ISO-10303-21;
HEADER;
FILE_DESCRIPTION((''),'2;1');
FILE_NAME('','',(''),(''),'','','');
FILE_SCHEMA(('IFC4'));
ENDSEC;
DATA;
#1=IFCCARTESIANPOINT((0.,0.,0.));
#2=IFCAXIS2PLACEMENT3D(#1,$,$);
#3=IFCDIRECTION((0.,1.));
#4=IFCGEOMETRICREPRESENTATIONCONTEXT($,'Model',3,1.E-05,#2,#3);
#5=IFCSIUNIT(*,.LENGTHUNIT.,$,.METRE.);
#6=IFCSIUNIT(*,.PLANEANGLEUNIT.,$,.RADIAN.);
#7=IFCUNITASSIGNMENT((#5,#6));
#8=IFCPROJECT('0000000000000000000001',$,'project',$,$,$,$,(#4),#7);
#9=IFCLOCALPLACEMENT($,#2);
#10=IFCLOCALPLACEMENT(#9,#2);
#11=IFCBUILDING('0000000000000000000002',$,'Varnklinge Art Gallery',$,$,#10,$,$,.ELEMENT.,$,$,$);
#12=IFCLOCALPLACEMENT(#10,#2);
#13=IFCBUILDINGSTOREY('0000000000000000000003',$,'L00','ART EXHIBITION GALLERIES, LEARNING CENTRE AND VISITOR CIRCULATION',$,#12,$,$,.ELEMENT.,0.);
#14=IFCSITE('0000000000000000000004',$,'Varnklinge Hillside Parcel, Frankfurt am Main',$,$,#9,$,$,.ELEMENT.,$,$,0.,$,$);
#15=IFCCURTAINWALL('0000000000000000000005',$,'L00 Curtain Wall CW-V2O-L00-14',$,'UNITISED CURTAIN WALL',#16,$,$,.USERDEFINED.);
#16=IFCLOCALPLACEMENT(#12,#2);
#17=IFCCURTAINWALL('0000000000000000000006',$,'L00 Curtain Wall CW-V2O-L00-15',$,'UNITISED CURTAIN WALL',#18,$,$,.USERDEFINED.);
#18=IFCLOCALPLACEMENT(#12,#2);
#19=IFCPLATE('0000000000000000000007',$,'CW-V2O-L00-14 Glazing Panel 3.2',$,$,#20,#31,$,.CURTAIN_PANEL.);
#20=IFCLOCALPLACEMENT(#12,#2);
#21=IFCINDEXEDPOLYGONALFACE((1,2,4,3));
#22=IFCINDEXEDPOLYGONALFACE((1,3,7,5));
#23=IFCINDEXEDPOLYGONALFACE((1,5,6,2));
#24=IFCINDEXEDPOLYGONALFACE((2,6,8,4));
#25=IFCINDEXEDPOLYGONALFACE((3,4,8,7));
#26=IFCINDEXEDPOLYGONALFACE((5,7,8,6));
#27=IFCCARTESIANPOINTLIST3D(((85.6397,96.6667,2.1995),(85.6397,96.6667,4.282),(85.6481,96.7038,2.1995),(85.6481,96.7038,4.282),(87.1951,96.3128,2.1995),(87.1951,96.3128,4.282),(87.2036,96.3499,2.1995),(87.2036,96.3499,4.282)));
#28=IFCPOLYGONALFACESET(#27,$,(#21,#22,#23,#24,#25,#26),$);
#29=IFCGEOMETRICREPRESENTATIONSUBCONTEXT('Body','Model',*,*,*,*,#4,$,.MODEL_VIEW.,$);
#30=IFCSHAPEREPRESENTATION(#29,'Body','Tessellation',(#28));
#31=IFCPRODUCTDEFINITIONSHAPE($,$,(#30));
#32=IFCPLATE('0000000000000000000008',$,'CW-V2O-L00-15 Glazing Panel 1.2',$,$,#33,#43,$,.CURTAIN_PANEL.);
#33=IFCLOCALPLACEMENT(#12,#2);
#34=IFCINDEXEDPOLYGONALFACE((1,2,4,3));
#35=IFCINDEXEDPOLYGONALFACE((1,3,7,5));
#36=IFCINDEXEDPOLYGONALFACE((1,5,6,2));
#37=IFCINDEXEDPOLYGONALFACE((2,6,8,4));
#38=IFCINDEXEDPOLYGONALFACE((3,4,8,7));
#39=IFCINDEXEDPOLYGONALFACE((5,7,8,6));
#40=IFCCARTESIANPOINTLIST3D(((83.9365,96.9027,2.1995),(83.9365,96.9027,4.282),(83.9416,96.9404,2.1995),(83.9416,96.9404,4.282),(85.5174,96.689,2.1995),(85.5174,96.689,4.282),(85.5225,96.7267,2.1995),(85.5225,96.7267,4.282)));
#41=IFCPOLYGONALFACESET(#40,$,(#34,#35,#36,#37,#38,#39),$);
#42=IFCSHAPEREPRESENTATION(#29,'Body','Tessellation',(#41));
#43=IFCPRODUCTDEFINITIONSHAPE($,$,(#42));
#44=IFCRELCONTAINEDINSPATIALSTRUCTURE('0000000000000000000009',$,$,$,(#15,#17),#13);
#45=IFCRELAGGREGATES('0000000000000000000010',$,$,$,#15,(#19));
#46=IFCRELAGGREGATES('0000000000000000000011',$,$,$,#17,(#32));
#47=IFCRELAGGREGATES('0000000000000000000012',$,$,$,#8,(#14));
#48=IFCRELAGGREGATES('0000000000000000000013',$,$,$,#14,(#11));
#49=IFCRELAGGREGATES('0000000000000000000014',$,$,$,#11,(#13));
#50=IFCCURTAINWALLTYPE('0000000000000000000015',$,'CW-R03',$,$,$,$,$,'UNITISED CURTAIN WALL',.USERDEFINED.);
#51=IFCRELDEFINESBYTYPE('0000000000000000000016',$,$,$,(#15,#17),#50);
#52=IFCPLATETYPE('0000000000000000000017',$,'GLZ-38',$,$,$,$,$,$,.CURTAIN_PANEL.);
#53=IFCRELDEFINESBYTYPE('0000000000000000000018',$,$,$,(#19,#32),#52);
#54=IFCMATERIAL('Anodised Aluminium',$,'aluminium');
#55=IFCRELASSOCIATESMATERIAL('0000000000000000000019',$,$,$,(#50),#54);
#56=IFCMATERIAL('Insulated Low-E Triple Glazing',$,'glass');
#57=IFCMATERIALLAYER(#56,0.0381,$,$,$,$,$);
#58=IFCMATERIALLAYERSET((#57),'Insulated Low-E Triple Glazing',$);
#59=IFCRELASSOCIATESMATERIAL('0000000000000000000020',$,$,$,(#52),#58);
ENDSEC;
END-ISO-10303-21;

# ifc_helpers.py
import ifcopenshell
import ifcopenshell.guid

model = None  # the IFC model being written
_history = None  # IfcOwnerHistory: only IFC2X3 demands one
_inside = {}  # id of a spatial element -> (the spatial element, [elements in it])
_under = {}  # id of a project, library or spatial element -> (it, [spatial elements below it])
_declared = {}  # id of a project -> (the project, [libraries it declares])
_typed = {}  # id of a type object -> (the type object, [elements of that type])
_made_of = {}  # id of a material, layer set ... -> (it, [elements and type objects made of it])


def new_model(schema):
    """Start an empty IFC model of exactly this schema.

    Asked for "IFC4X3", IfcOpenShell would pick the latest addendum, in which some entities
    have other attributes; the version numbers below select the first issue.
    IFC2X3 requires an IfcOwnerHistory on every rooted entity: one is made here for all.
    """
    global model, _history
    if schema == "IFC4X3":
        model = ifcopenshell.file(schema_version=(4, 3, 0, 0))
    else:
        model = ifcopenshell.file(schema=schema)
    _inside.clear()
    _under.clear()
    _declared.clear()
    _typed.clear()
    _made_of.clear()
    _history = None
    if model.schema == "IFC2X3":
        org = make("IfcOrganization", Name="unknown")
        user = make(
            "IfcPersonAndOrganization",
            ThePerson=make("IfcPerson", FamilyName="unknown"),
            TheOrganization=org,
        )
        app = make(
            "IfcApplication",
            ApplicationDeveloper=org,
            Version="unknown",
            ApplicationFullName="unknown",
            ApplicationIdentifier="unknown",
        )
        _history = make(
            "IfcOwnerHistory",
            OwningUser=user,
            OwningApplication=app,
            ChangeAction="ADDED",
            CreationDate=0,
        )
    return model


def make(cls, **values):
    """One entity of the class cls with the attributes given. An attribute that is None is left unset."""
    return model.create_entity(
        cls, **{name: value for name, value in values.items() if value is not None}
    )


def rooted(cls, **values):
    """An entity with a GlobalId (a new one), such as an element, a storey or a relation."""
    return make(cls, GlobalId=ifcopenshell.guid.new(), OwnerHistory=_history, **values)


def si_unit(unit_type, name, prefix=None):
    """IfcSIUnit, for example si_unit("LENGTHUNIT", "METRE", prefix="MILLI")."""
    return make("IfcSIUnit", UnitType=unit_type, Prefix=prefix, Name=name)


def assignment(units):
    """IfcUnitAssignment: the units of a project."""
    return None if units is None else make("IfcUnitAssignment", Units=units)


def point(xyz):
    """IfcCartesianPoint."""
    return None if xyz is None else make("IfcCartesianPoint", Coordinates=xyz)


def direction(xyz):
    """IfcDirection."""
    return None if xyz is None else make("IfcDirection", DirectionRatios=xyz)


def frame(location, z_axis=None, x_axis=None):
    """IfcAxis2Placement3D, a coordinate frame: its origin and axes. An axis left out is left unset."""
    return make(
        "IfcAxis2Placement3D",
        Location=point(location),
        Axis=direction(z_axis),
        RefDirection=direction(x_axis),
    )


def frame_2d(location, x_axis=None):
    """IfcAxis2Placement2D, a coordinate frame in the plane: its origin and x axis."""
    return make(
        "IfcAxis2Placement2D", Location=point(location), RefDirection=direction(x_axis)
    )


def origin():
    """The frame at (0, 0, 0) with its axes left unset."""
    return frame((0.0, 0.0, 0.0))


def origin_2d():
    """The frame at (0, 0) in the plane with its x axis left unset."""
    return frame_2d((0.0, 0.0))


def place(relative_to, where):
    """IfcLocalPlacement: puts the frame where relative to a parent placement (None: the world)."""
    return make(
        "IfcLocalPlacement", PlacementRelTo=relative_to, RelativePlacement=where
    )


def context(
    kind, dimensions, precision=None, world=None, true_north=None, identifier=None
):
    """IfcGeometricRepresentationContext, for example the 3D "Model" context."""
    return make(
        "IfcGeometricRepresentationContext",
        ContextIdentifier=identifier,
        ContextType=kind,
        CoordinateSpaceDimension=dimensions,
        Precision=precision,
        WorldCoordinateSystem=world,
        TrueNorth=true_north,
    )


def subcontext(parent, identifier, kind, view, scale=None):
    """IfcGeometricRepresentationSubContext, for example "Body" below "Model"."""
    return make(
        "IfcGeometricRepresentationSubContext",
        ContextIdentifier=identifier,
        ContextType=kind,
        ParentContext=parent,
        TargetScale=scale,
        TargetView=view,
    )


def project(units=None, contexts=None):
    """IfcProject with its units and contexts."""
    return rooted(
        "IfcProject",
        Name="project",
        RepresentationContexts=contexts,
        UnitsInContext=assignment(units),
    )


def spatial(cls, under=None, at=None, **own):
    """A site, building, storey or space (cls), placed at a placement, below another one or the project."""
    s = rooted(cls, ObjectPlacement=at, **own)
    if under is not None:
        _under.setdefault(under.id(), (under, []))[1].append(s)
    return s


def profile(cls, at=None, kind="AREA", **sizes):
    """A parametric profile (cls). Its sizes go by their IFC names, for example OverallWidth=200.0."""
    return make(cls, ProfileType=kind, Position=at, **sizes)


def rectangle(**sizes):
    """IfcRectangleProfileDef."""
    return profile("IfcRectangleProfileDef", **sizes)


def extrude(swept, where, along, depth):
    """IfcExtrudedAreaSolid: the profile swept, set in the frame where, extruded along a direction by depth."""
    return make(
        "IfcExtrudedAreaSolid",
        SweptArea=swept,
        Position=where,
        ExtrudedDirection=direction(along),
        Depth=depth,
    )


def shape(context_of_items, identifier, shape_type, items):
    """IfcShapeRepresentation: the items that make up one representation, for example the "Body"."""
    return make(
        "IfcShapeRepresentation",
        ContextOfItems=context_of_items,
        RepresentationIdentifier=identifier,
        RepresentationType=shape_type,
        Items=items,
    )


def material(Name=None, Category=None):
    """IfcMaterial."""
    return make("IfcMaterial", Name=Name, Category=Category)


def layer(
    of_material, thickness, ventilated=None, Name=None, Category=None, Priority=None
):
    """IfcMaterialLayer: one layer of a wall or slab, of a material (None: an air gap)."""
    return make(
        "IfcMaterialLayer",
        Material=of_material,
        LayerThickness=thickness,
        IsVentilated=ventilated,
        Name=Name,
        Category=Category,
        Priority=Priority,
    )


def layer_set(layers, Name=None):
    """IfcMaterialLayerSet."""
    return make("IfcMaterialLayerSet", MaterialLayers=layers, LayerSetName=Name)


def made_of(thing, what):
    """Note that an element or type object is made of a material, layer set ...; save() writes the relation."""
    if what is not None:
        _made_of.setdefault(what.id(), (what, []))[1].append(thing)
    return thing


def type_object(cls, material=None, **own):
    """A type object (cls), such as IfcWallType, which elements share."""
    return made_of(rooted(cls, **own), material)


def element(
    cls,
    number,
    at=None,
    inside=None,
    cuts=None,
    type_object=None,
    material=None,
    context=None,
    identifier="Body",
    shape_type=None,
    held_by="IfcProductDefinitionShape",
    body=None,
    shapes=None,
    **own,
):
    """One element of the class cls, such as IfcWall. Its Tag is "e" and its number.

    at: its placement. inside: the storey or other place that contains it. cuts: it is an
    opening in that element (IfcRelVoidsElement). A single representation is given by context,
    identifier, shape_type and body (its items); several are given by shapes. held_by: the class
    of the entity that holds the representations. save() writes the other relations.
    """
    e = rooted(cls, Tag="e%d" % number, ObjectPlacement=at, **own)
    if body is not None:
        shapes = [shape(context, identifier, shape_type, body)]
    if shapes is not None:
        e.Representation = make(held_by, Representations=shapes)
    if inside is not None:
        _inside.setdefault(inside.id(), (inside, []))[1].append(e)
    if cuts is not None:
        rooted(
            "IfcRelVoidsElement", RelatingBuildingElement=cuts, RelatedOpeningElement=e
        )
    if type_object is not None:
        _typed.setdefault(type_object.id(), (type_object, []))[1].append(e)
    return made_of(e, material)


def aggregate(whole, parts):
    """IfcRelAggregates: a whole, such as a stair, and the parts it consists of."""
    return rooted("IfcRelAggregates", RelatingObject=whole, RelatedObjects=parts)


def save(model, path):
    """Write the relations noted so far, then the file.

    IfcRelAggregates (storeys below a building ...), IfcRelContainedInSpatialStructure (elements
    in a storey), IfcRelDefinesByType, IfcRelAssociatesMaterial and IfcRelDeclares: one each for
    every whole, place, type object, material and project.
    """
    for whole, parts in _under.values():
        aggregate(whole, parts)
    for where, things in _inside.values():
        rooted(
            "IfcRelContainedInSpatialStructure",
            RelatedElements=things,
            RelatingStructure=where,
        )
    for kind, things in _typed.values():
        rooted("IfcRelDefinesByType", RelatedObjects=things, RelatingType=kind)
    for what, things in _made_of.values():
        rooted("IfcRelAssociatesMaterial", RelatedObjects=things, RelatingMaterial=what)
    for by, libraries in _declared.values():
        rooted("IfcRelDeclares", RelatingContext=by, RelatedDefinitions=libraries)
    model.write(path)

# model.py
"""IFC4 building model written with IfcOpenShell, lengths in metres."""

from ifc_helpers import new_model, si_unit, direction, frame, origin, origin_2d, place, context, subcontext, project, spatial, rectangle, extrude, material, layer, layer_set, type_object, element, aggregate, save


model = new_model("IFC4")

# Units and contexts
model_context = context("Model", 3, precision=1e-05, world=origin(), true_north=direction((0.0, 1.0)))
body_context = subcontext(model_context, "Body", "Model", "MODEL_VIEW")
ifc_project = project(units=[si_unit("LENGTHUNIT", "METRE"), si_unit("PLANEANGLEUNIT", "RADIAN")], contexts=[model_context])

# Site, building, storey
site_placement = place(None, origin())
site = spatial("IfcSite", under=ifc_project, at=site_placement, Name="Varnklinge Hillside Parcel, Frankfurt am Main", CompositionType="ELEMENT", RefElevation=0.0)
building_placement = place(site_placement, origin())
building = spatial("IfcBuilding", under=site, at=building_placement, Name="Varnklinge Art Gallery", CompositionType="ELEMENT")
storey_placement = place(building_placement, origin())
storey = spatial("IfcBuildingStorey", under=building, at=storey_placement, Name="L00", Description="ART EXHIBITION GALLERIES, LEARNING CENTRE AND VISITOR CIRCULATION", CompositionType="ELEMENT", Elevation=0.0)

# Curtain wall
ifc_material_1 = material(Name="Anodised Aluminium", Category="aluminium")
curtain_wall_type_1 = type_object("IfcCurtainWallType", Name="CW-R03", ElementType="UNITISED CURTAIN WALL", PredefinedType="USERDEFINED", material=ifc_material_1)
curtain_wall_1_placement = place(storey_placement, origin())
curtain_wall_1 = element("IfcCurtainWall", 1, at=curtain_wall_1_placement, inside=storey, type_object=curtain_wall_type_1, Name="L00 Curtain Wall CW-V2O-L00-14", ObjectType="UNITISED CURTAIN WALL", PredefinedType="USERDEFINED")

# Curtain wall
curtain_wall_2_placement = place(storey_placement, origin())
curtain_wall_2 = element("IfcCurtainWall", 2, at=curtain_wall_2_placement, inside=storey, type_object=curtain_wall_type_1, Name="L00 Curtain Wall CW-V2O-L00-15", ObjectType="UNITISED CURTAIN WALL", PredefinedType="USERDEFINED")

# Plates
ifc_material_2 = material(Name="Insulated Low-E Triple Glazing", Category="glass")
ifc_layer = layer(ifc_material_2, 0.0381)
ifc_layer_set = layer_set([ifc_layer], Name="Insulated Low-E Triple Glazing")
plate_type = type_object("IfcPlateType", Name="GLZ-38", PredefinedType="CURTAIN_PANEL", material=ifc_layer_set)
plate_1_placement = place(storey_placement, frame((86.4216, 96.5083, 2.1995), z_axis=(0.0, 0.0, 1.0), x_axis=(-0.975072, 0.221889, 0.0)))
plate_1 = element("IfcPlate", 3, at=plate_1_placement, type_object=plate_type, Name="CW-V2O-L00-14 Glazing Panel 3.2", PredefinedType="CURTAIN_PANEL", context=body_context, shape_type="SweptSolid", body=[
    extrude(rectangle(XDim=1.5952, YDim=0.0381, at=origin_2d()), origin(), (0.0, 0.0, 1.0), 2.0825),
])
aggregate(curtain_wall_1, [plate_1])
plate_2_placement = place(storey_placement, frame((84.7295, 96.8147, 2.1995), z_axis=(0.0, 0.0, 1.0), x_axis=(-0.990983, 0.133986, 0.0)))
plate_2 = element("IfcPlate", 4, at=plate_2_placement, type_object=plate_type, Name="CW-V2O-L00-15 Glazing Panel 1.2", PredefinedType="CURTAIN_PANEL", context=body_context, shape_type="SweptSolid", body=[
    extrude(rectangle(XDim=1.5952, YDim=0.0381, at=origin_2d()), origin(), (0.0, 0.0, 1.0), 2.0825),
])
aggregate(curtain_wall_2, [plate_2])

save(model, "model.ifc")
